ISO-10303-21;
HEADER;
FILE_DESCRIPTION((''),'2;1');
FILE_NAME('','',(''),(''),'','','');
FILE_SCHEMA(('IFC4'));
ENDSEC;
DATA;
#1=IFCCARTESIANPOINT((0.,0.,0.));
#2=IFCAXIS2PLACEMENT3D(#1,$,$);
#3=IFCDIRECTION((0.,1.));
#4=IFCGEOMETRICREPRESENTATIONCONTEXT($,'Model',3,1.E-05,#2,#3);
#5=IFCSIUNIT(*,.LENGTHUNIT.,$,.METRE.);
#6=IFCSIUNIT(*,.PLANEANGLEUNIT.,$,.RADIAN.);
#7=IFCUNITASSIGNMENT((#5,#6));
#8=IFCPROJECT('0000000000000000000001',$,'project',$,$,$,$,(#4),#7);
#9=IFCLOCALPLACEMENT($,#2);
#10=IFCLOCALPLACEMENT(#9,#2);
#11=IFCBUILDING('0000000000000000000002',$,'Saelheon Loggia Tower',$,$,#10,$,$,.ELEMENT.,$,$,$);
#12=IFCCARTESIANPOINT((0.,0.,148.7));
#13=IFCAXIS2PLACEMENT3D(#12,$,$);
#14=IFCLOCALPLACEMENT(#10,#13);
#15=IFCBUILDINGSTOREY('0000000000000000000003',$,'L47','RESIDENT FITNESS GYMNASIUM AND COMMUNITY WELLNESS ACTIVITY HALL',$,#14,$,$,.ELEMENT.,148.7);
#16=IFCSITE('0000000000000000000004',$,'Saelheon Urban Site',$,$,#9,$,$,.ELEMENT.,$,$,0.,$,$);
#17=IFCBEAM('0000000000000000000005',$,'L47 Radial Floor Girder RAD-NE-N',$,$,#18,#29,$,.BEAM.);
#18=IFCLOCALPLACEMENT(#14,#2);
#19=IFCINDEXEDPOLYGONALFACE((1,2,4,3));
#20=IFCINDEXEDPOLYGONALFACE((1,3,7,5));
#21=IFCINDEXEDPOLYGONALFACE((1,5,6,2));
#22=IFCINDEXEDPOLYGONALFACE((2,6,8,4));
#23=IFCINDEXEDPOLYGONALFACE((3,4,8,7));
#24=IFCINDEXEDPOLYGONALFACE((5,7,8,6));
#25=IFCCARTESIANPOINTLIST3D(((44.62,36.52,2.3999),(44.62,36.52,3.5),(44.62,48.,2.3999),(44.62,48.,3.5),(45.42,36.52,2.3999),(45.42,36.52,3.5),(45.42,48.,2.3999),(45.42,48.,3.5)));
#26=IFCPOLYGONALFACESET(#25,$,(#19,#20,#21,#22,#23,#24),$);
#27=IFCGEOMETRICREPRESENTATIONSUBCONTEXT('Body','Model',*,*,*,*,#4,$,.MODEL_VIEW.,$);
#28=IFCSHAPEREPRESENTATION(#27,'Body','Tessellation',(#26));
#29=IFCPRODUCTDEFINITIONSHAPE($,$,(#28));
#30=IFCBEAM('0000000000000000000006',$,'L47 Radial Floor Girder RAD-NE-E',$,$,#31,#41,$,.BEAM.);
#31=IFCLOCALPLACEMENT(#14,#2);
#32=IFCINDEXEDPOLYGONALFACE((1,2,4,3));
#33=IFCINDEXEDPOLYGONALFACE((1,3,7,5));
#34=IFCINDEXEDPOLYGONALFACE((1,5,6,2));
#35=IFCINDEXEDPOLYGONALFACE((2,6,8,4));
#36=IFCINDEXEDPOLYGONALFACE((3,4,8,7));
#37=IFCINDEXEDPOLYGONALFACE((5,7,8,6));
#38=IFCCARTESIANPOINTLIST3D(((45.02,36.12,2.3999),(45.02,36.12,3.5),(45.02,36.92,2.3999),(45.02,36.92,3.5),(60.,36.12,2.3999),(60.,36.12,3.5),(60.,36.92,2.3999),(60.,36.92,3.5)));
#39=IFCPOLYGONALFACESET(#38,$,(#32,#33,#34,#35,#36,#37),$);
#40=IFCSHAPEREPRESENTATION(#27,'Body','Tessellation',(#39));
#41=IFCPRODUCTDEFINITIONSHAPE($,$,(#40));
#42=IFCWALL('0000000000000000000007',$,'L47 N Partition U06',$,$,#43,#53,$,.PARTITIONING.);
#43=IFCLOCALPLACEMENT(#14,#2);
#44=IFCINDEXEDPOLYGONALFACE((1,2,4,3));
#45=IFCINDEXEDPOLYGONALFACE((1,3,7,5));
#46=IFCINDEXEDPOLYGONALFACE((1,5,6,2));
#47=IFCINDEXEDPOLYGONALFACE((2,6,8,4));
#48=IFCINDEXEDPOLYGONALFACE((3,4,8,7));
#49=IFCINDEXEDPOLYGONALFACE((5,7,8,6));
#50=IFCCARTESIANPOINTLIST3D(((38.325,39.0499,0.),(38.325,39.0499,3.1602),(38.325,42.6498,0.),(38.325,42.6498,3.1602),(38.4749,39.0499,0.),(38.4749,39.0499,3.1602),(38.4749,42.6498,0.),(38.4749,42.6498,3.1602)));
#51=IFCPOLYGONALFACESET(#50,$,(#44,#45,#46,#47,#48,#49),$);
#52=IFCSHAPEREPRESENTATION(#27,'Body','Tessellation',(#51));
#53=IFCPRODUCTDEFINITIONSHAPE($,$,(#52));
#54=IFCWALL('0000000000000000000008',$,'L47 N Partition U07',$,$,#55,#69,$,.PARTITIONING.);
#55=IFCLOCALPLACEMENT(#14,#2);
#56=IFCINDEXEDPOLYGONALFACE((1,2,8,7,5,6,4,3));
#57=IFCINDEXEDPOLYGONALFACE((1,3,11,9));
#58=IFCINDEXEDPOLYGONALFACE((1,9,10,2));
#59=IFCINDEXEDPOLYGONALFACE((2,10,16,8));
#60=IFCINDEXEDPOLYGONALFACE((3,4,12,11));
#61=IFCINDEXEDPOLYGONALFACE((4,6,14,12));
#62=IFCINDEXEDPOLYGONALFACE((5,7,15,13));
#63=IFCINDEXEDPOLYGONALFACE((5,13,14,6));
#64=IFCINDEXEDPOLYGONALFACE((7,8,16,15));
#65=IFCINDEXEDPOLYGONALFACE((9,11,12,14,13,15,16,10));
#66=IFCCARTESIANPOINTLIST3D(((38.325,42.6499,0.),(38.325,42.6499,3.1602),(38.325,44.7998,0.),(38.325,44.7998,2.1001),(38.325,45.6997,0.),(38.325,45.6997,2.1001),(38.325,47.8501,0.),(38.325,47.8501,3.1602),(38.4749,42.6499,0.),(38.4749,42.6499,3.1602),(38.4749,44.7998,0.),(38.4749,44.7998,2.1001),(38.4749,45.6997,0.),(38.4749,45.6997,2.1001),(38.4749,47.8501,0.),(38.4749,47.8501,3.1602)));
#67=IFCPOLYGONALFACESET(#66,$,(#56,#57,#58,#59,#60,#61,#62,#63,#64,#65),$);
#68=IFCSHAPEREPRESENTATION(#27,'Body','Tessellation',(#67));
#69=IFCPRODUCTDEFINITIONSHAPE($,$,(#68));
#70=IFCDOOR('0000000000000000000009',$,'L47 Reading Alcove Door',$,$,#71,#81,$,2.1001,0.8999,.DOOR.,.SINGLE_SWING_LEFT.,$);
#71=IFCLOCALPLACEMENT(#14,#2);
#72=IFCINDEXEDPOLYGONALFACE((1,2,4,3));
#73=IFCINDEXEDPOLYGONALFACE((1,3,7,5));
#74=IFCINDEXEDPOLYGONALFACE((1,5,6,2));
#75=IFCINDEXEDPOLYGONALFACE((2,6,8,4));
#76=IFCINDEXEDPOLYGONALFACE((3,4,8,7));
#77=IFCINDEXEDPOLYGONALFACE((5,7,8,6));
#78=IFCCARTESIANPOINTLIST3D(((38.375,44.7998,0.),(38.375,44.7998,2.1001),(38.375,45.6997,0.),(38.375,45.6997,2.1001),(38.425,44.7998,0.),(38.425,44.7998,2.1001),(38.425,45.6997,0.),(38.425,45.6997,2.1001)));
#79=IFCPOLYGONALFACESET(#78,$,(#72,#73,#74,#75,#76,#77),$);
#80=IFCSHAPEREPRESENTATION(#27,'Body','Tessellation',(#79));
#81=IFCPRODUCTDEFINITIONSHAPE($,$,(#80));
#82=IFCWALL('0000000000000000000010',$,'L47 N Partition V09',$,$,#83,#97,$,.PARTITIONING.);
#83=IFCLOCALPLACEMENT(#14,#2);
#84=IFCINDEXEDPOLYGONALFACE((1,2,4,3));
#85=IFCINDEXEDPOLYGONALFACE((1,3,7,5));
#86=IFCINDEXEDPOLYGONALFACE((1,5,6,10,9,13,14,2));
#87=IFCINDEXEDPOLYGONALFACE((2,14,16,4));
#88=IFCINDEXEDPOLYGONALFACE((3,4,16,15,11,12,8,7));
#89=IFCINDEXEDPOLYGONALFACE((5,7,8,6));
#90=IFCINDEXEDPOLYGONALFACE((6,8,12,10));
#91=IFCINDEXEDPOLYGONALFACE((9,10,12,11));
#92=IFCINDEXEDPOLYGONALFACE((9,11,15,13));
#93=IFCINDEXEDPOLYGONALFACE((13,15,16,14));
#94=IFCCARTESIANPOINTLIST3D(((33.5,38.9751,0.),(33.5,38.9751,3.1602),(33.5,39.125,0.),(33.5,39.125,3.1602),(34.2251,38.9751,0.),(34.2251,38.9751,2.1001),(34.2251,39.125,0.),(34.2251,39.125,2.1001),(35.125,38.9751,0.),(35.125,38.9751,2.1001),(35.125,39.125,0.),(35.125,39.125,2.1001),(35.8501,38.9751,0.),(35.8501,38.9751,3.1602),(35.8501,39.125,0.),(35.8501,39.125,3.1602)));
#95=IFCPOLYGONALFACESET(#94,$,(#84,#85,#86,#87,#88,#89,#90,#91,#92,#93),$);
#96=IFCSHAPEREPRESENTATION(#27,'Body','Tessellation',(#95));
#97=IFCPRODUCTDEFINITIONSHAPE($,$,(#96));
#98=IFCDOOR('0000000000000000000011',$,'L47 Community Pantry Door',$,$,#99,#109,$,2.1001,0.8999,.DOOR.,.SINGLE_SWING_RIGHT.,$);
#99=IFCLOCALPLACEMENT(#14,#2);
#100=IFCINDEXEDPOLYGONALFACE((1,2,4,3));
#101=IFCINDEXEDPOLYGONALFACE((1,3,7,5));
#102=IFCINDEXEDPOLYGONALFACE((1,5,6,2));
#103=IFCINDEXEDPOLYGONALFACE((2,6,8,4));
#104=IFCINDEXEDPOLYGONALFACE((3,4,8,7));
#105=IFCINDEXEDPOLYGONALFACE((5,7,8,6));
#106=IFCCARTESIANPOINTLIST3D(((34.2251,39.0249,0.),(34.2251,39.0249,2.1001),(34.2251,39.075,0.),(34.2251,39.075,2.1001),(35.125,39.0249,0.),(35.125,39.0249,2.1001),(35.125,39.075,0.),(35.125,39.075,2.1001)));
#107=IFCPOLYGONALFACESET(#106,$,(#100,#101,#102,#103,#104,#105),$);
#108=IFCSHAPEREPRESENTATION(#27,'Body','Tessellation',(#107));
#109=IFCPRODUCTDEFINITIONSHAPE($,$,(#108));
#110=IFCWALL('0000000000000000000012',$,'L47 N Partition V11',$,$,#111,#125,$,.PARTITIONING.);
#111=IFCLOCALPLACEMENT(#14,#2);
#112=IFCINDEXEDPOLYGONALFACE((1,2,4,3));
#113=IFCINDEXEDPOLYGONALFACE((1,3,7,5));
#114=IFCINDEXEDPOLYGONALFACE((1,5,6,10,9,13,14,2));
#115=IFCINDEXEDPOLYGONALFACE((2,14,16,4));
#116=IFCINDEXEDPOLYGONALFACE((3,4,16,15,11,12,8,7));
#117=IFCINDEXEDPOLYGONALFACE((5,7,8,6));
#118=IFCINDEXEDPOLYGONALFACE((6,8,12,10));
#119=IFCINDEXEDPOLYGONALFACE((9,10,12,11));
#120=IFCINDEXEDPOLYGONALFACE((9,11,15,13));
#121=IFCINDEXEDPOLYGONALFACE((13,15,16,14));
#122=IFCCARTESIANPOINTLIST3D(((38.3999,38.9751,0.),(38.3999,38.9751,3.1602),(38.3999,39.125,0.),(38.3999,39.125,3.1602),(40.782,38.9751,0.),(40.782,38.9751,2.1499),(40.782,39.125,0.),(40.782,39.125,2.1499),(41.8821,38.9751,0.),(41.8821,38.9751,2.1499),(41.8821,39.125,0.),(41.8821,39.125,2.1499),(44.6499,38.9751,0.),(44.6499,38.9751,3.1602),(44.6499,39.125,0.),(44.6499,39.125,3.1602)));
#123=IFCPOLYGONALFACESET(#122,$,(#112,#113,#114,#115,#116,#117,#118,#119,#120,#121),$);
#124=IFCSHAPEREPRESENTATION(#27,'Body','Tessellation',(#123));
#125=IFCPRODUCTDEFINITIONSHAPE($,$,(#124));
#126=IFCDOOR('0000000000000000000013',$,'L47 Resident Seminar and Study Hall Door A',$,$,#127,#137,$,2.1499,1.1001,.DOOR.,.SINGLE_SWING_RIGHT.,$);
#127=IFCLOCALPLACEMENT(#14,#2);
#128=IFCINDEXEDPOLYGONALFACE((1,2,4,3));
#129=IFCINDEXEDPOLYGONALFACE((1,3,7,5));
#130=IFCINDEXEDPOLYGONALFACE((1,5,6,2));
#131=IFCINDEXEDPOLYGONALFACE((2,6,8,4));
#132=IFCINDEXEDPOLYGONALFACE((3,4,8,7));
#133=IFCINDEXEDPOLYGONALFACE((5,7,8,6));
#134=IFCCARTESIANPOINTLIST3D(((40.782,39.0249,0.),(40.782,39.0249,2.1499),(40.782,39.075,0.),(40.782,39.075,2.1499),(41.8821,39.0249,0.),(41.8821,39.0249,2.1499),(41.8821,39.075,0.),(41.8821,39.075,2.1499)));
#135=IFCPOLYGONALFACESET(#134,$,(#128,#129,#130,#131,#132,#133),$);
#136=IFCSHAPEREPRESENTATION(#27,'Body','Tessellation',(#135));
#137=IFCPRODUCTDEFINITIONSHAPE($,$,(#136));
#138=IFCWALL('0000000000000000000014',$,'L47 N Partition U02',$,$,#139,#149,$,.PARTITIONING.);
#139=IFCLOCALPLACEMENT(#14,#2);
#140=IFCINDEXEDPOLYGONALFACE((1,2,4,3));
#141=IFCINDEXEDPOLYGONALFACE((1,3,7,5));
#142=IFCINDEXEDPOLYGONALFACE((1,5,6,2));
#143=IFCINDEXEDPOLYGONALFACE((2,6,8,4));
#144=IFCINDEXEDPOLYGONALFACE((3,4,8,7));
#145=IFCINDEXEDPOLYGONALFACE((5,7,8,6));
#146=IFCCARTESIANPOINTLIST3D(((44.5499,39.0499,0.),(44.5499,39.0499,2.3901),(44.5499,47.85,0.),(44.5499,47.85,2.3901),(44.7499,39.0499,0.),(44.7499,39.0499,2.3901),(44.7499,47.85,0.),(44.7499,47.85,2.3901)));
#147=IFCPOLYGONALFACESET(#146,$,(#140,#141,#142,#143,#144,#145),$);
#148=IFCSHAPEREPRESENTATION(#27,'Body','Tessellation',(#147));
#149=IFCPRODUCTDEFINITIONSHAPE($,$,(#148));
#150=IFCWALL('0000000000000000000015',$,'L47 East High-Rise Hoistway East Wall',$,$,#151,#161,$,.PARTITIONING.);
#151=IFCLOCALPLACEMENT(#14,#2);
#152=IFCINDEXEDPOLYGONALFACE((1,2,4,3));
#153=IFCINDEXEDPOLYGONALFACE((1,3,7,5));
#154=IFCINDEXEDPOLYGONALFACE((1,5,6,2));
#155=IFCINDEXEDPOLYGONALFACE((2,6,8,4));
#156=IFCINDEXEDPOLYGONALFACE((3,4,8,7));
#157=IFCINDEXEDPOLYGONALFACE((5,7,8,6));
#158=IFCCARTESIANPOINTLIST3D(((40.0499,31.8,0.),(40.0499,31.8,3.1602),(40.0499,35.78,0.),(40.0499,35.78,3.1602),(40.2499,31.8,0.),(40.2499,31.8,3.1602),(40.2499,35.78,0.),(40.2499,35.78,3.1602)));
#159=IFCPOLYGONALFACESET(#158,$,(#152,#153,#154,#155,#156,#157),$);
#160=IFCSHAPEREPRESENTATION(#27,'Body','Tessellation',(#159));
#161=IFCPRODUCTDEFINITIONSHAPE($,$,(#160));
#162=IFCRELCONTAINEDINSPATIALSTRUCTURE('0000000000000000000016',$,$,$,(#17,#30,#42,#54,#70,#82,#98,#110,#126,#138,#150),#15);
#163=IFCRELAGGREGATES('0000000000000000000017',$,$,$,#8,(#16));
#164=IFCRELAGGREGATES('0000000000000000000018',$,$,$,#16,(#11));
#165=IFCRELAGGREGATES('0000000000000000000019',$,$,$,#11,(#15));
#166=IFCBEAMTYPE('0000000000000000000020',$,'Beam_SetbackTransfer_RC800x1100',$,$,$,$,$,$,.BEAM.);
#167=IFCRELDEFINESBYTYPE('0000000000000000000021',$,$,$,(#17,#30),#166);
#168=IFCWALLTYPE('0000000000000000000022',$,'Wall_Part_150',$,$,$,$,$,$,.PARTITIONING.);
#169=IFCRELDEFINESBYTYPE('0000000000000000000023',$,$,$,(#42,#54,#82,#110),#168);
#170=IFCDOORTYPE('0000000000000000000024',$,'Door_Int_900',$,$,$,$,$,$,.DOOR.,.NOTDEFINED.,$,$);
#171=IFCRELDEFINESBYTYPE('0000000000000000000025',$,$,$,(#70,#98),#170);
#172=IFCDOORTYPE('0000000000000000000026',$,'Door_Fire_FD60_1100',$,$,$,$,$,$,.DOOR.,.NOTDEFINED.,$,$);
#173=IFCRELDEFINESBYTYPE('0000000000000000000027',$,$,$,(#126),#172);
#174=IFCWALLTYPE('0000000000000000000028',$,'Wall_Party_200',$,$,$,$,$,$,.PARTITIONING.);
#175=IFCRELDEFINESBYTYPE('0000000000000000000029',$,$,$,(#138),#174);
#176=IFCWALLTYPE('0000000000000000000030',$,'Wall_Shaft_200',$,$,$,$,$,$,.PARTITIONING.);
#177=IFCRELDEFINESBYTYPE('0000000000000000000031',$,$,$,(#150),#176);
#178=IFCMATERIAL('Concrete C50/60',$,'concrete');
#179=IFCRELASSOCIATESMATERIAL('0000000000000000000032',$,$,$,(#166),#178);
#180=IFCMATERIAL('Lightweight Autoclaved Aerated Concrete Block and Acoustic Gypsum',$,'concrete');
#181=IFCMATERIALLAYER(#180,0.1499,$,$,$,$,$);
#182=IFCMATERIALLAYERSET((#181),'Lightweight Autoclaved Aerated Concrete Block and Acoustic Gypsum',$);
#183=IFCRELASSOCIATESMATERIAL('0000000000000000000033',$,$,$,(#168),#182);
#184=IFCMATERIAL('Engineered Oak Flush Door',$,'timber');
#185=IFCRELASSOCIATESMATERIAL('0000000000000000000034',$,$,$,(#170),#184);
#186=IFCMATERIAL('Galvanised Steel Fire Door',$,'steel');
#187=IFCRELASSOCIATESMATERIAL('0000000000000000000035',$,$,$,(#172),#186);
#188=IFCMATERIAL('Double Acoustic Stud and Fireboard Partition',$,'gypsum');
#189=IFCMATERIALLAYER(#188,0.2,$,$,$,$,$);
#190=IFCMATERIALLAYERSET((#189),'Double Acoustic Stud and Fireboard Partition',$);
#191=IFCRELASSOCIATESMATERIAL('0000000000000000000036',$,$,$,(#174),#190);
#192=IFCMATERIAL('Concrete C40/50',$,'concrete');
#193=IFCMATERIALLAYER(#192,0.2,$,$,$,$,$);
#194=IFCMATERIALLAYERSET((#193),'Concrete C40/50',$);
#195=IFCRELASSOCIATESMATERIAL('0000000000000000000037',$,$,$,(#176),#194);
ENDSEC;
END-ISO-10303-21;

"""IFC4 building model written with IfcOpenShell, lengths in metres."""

from ifc_helpers import new_model, si_unit, direction, frame, frame_2d, origin, origin_2d, place, context, subcontext, project, spatial, rectangle, extrude, source, transform, mapped, material, layer, layer_set, material_profile, profile_set, type_object, element, fill, save


model = new_model("IFC4")

# Units and contexts
model_context = context("Model", 3, precision=1e-05, world=origin(), true_north=direction((0.0, 1.0)))
body_context = subcontext(model_context, "Body", "Model", "MODEL_VIEW")
ifc_project = project(units=[si_unit("LENGTHUNIT", "METRE"), si_unit("PLANEANGLEUNIT", "RADIAN")], contexts=[model_context])

# Site, building, storey
site_placement = place(None, origin())
site = spatial("IfcSite", under=ifc_project, at=site_placement, Name="Saelheon Urban Site", CompositionType="ELEMENT", RefElevation=0.0)
building_placement = place(site_placement, origin())
building = spatial("IfcBuilding", under=site, at=building_placement, Name="Saelheon Loggia Tower", CompositionType="ELEMENT")
storey_placement = place(building_placement, frame((0.0, 0.0, 148.7)))
storey = spatial("IfcBuildingStorey", under=building, at=storey_placement, Name="L47", Description="RESIDENT FITNESS GYMNASIUM AND COMMUNITY WELLNESS ACTIVITY HALL", CompositionType="ELEMENT", Elevation=148.7)

# Shared definitions
ifc_material_1 = material(Name="Concrete C50/60", Category="concrete")

# Beams
ifc_material_profile_1 = material_profile(ifc_material_1, rectangle(XDim=0.8, YDim=1.1001, at=origin_2d()), Name="RC-800x1100")
ifc_profile_set_1 = profile_set([ifc_material_profile_1], Name="Concrete C50/60")
beam_type_1 = type_object("IfcBeamType", Name="Beam_SetbackTransfer_RC800x1100", PredefinedType="BEAM", material=ifc_profile_set_1)
shared_shape_1 = source(origin(), body_context, "Body", "SweptSolid", [
    extrude(rectangle(XDim=0.8, YDim=1.1001, at=origin_2d()), origin(), (0.0, 0.0, 1.0), 11.48),
])
beam_1_placement = place(storey_placement, frame((45.02, 36.52, 2.95), z_axis=(0.0, 1.0, 0.0), x_axis=(-1.0, 0.0, 0.0)))
element("IfcBeam", 1, at=beam_1_placement, inside=storey, type_object=beam_type_1, Name="L47 Radial Floor Girder RAD-NE-N", PredefinedType="BEAM", context=body_context, shape_type="MappedRepresentation", body=[
    mapped(shared_shape_1, transform((0.0, 0.0, 0.0), scale=1.0)),
])
shared_shape_2 = source(origin(), body_context, "Body", "SweptSolid", [
    extrude(rectangle(XDim=0.8, YDim=1.1001, at=origin_2d()), origin(), (0.0, 0.0, 1.0), 14.98),
])
beam_2_placement = place(storey_placement, frame((45.02, 36.52, 2.95), z_axis=(1.0, 0.0, 0.0), x_axis=(0.0, 1.0, 0.0)))
element("IfcBeam", 2, at=beam_2_placement, inside=storey, type_object=beam_type_1, Name="L47 Radial Floor Girder RAD-NE-E", PredefinedType="BEAM", context=body_context, shape_type="MappedRepresentation", body=[
    mapped(shared_shape_2, transform((0.0, 0.0, 0.0), scale=1.0)),
])

# Wall
ifc_material_2 = material(Name="Lightweight Autoclaved Aerated Concrete Block and Acoustic Gypsum", Category="concrete")
ifc_layer_1 = layer(ifc_material_2, 0.1499)
ifc_layer_set_1 = layer_set([ifc_layer_1], Name="Lightweight Autoclaved Aerated Concrete Block and Acoustic Gypsum")
wall_type_1 = type_object("IfcWallType", Name="Wall_Part_150", PredefinedType="PARTITIONING", material=ifc_layer_set_1)
wall_1_placement = place(storey_placement, frame((38.3999, 39.05, 0.0), z_axis=(0.0, 0.0, 1.0), x_axis=(0.0, 1.0, 0.0)))
element("IfcWall", 3, at=wall_1_placement, inside=storey, type_object=wall_type_1, Name="L47 N Partition U06", PredefinedType="PARTITIONING", context=body_context, shape_type="SweptSolid", body=[
    extrude(rectangle(XDim=3.5999, YDim=0.1499, at=frame_2d((1.7998, 0.0))), origin(), (0.0, 0.0, 1.0), 3.1602),
])

# Walls, openings, doors
wall_2_placement = place(storey_placement, frame((38.3999, 42.6499, 0.0), z_axis=(0.0, 0.0, 1.0), x_axis=(0.0, 1.0, 0.0)))
wall_2 = element("IfcWall", 4, at=wall_2_placement, inside=storey, type_object=wall_type_1, Name="L47 N Partition U07", PredefinedType="PARTITIONING", context=body_context, shape_type="SweptSolid", body=[
    extrude(rectangle(XDim=5.2002, YDim=0.1499, at=frame_2d((2.6001, 0.0))), origin(), (0.0, 0.0, 1.0), 3.1602),
])
opening_1_placement = place(wall_2_placement, frame((2.1499, 0.0, 0.0)))
opening_1 = element("IfcOpeningElement", 5, at=opening_1_placement, cuts=wall_2, PredefinedType="OPENING", context=body_context, shape_type="SweptSolid", body=[
    extrude(rectangle(XDim=0.8999, YDim=2.1001, at=frame_2d((0.45, 1.05))), frame((0.0, 0.0869, 0.0), z_axis=(0.0, -1.0, 0.0), x_axis=(1.0, 0.0, 0.0)), (0.0, 0.0, 1.0), 0.1738),
])
ifc_material_3 = material(Name="Engineered Oak Flush Door", Category="timber")
door_type_1 = type_object("IfcDoorType", Name="Door_Int_900", OperationType="NOTDEFINED", PredefinedType="DOOR", material=ifc_material_3)
shared_shape_3 = source(origin(), body_context, "Body", "SweptSolid", [
    extrude(rectangle(XDim=0.8999, YDim=2.1001, at=frame_2d((0.45, 1.05))), frame((0.0, 0.0249, 0.0), z_axis=(0.0, -1.0, 0.0), x_axis=(1.0, 0.0, 0.0)), (0.0, 0.0, 1.0), 0.05),
])
door_1_placement = place(opening_1_placement, origin())
door_1 = element("IfcDoor", 6, at=door_1_placement, inside=storey, type_object=door_type_1, Name="L47 Reading Alcove Door", OperationType="SINGLE_SWING_LEFT", OverallHeight=2.1001, OverallWidth=0.8999, PredefinedType="DOOR", context=body_context, shape_type="MappedRepresentation", body=[
    mapped(shared_shape_3, transform((0.0, 0.0, 0.0), scale=1.0)),
])
fill(opening_1, door_1)
wall_3_placement = place(storey_placement, frame((33.5, 39.05, 0.0), z_axis=(0.0, 0.0, 1.0), x_axis=(1.0, 0.0, 0.0)))
wall_3 = element("IfcWall", 7, at=wall_3_placement, inside=storey, type_object=wall_type_1, Name="L47 N Partition V09", PredefinedType="PARTITIONING", context=body_context, shape_type="SweptSolid", body=[
    extrude(rectangle(XDim=2.3501, YDim=0.1499, at=frame_2d((1.175, 0.0))), origin(), (0.0, 0.0, 1.0), 3.1602),
])
opening_2_placement = place(wall_3_placement, frame((0.7251, 0.0, 0.0)))
opening_2 = element("IfcOpeningElement", 8, at=opening_2_placement, cuts=wall_3, PredefinedType="OPENING", context=body_context, shape_type="SweptSolid", body=[
    extrude(rectangle(XDim=0.8999, YDim=2.1001, at=frame_2d((0.45, 1.05))), frame((0.0, 0.0869, 0.0), z_axis=(0.0, -1.0, 0.0), x_axis=(1.0, 0.0, 0.0)), (0.0, 0.0, 1.0), 0.1738),
])
door_2_placement = place(opening_2_placement, origin())
door_2 = element("IfcDoor", 9, at=door_2_placement, inside=storey, type_object=door_type_1, Name="L47 Community Pantry Door", OperationType="SINGLE_SWING_RIGHT", OverallHeight=2.1001, OverallWidth=0.8999, PredefinedType="DOOR", context=body_context, shape_type="MappedRepresentation", body=[
    mapped(shared_shape_3, transform((0.0, 0.0, 0.0), scale=1.0)),
])
fill(opening_2, door_2)
wall_4_placement = place(storey_placement, frame((38.3999, 39.05, 0.0), z_axis=(0.0, 0.0, 1.0), x_axis=(1.0, 0.0, 0.0)))
wall_4 = element("IfcWall", 10, at=wall_4_placement, inside=storey, type_object=wall_type_1, Name="L47 N Partition V11", PredefinedType="PARTITIONING", context=body_context, shape_type="SweptSolid", body=[
    extrude(rectangle(XDim=6.25, YDim=0.1499, at=frame_2d((3.125, 0.0))), origin(), (0.0, 0.0, 1.0), 3.1602),
])
opening_3_placement = place(wall_4_placement, frame((2.3821, 0.0, 0.0)))
opening_3 = element("IfcOpeningElement", 11, at=opening_3_placement, cuts=wall_4, PredefinedType="OPENING", context=body_context, shape_type="SweptSolid", body=[
    extrude(rectangle(XDim=1.1001, YDim=2.1499, at=frame_2d((0.55, 1.075))), frame((0.0, 0.0869, 0.0), z_axis=(0.0, -1.0, 0.0), x_axis=(1.0, 0.0, 0.0)), (0.0, 0.0, 1.0), 0.1738),
])
ifc_material_4 = material(Name="Galvanised Steel Fire Door", Category="steel")
door_type_2 = type_object("IfcDoorType", Name="Door_Fire_FD60_1100", OperationType="NOTDEFINED", PredefinedType="DOOR", material=ifc_material_4)
shared_shape_4 = source(origin(), body_context, "Body", "SweptSolid", [
    extrude(rectangle(XDim=1.1001, YDim=2.1499, at=frame_2d((0.55, 1.075))), frame((0.0, 0.0249, 0.0), z_axis=(0.0, -1.0, 0.0), x_axis=(1.0, 0.0, 0.0)), (0.0, 0.0, 1.0), 0.05),
])
door_3_placement = place(opening_3_placement, origin())
door_3 = element("IfcDoor", 12, at=door_3_placement, inside=storey, type_object=door_type_2, Name="L47 Resident Seminar and Study Hall Door A", OperationType="SINGLE_SWING_RIGHT", OverallHeight=2.1499, OverallWidth=1.1001, PredefinedType="DOOR", context=body_context, shape_type="MappedRepresentation", body=[
    mapped(shared_shape_4, transform((0.0, 0.0, 0.0), scale=1.0)),
])
fill(opening_3, door_3)

# Walls
ifc_material_5 = material(Name="Double Acoustic Stud and Fireboard Partition", Category="gypsum")
ifc_layer_2 = layer(ifc_material_5, 0.2)
ifc_layer_set_2 = layer_set([ifc_layer_2], Name="Double Acoustic Stud and Fireboard Partition")
wall_type_2 = type_object("IfcWallType", Name="Wall_Party_200", PredefinedType="PARTITIONING", material=ifc_layer_set_2)
wall_5_placement = place(storey_placement, frame((44.6499, 39.05, 0.0), z_axis=(0.0, 0.0, 1.0), x_axis=(0.0, 1.0, 0.0)))
element("IfcWall", 13, at=wall_5_placement, inside=storey, type_object=wall_type_2, Name="L47 N Partition U02", PredefinedType="PARTITIONING", context=body_context, shape_type="SweptSolid", body=[
    extrude(rectangle(XDim=8.8, YDim=0.2, at=frame_2d((4.3999, 0.0))), origin(), (0.0, 0.0, 1.0), 2.3901),
])
ifc_material_6 = material(Name="Concrete C40/50", Category="concrete")
ifc_layer_3 = layer(ifc_material_6, 0.2)
ifc_layer_set_3 = layer_set([ifc_layer_3], Name="Concrete C40/50")
wall_type_3 = type_object("IfcWallType", Name="Wall_Shaft_200", PredefinedType="PARTITIONING", material=ifc_layer_set_3)
wall_6_placement = place(storey_placement, frame((40.1499, 31.8, 0.0), z_axis=(0.0, 0.0, 1.0), x_axis=(0.0, 1.0, 0.0)))
element("IfcWall", 14, at=wall_6_placement, inside=storey, type_object=wall_type_3, Name="L47 East High-Rise Hoistway East Wall", PredefinedType="PARTITIONING", context=body_context, shape_type="SweptSolid", body=[
    extrude(rectangle(XDim=3.98, YDim=0.2, at=frame_2d((1.99, 0.0))), origin(), (0.0, 0.0, 1.0), 3.1602),
])

save(model, "model.ifc")
